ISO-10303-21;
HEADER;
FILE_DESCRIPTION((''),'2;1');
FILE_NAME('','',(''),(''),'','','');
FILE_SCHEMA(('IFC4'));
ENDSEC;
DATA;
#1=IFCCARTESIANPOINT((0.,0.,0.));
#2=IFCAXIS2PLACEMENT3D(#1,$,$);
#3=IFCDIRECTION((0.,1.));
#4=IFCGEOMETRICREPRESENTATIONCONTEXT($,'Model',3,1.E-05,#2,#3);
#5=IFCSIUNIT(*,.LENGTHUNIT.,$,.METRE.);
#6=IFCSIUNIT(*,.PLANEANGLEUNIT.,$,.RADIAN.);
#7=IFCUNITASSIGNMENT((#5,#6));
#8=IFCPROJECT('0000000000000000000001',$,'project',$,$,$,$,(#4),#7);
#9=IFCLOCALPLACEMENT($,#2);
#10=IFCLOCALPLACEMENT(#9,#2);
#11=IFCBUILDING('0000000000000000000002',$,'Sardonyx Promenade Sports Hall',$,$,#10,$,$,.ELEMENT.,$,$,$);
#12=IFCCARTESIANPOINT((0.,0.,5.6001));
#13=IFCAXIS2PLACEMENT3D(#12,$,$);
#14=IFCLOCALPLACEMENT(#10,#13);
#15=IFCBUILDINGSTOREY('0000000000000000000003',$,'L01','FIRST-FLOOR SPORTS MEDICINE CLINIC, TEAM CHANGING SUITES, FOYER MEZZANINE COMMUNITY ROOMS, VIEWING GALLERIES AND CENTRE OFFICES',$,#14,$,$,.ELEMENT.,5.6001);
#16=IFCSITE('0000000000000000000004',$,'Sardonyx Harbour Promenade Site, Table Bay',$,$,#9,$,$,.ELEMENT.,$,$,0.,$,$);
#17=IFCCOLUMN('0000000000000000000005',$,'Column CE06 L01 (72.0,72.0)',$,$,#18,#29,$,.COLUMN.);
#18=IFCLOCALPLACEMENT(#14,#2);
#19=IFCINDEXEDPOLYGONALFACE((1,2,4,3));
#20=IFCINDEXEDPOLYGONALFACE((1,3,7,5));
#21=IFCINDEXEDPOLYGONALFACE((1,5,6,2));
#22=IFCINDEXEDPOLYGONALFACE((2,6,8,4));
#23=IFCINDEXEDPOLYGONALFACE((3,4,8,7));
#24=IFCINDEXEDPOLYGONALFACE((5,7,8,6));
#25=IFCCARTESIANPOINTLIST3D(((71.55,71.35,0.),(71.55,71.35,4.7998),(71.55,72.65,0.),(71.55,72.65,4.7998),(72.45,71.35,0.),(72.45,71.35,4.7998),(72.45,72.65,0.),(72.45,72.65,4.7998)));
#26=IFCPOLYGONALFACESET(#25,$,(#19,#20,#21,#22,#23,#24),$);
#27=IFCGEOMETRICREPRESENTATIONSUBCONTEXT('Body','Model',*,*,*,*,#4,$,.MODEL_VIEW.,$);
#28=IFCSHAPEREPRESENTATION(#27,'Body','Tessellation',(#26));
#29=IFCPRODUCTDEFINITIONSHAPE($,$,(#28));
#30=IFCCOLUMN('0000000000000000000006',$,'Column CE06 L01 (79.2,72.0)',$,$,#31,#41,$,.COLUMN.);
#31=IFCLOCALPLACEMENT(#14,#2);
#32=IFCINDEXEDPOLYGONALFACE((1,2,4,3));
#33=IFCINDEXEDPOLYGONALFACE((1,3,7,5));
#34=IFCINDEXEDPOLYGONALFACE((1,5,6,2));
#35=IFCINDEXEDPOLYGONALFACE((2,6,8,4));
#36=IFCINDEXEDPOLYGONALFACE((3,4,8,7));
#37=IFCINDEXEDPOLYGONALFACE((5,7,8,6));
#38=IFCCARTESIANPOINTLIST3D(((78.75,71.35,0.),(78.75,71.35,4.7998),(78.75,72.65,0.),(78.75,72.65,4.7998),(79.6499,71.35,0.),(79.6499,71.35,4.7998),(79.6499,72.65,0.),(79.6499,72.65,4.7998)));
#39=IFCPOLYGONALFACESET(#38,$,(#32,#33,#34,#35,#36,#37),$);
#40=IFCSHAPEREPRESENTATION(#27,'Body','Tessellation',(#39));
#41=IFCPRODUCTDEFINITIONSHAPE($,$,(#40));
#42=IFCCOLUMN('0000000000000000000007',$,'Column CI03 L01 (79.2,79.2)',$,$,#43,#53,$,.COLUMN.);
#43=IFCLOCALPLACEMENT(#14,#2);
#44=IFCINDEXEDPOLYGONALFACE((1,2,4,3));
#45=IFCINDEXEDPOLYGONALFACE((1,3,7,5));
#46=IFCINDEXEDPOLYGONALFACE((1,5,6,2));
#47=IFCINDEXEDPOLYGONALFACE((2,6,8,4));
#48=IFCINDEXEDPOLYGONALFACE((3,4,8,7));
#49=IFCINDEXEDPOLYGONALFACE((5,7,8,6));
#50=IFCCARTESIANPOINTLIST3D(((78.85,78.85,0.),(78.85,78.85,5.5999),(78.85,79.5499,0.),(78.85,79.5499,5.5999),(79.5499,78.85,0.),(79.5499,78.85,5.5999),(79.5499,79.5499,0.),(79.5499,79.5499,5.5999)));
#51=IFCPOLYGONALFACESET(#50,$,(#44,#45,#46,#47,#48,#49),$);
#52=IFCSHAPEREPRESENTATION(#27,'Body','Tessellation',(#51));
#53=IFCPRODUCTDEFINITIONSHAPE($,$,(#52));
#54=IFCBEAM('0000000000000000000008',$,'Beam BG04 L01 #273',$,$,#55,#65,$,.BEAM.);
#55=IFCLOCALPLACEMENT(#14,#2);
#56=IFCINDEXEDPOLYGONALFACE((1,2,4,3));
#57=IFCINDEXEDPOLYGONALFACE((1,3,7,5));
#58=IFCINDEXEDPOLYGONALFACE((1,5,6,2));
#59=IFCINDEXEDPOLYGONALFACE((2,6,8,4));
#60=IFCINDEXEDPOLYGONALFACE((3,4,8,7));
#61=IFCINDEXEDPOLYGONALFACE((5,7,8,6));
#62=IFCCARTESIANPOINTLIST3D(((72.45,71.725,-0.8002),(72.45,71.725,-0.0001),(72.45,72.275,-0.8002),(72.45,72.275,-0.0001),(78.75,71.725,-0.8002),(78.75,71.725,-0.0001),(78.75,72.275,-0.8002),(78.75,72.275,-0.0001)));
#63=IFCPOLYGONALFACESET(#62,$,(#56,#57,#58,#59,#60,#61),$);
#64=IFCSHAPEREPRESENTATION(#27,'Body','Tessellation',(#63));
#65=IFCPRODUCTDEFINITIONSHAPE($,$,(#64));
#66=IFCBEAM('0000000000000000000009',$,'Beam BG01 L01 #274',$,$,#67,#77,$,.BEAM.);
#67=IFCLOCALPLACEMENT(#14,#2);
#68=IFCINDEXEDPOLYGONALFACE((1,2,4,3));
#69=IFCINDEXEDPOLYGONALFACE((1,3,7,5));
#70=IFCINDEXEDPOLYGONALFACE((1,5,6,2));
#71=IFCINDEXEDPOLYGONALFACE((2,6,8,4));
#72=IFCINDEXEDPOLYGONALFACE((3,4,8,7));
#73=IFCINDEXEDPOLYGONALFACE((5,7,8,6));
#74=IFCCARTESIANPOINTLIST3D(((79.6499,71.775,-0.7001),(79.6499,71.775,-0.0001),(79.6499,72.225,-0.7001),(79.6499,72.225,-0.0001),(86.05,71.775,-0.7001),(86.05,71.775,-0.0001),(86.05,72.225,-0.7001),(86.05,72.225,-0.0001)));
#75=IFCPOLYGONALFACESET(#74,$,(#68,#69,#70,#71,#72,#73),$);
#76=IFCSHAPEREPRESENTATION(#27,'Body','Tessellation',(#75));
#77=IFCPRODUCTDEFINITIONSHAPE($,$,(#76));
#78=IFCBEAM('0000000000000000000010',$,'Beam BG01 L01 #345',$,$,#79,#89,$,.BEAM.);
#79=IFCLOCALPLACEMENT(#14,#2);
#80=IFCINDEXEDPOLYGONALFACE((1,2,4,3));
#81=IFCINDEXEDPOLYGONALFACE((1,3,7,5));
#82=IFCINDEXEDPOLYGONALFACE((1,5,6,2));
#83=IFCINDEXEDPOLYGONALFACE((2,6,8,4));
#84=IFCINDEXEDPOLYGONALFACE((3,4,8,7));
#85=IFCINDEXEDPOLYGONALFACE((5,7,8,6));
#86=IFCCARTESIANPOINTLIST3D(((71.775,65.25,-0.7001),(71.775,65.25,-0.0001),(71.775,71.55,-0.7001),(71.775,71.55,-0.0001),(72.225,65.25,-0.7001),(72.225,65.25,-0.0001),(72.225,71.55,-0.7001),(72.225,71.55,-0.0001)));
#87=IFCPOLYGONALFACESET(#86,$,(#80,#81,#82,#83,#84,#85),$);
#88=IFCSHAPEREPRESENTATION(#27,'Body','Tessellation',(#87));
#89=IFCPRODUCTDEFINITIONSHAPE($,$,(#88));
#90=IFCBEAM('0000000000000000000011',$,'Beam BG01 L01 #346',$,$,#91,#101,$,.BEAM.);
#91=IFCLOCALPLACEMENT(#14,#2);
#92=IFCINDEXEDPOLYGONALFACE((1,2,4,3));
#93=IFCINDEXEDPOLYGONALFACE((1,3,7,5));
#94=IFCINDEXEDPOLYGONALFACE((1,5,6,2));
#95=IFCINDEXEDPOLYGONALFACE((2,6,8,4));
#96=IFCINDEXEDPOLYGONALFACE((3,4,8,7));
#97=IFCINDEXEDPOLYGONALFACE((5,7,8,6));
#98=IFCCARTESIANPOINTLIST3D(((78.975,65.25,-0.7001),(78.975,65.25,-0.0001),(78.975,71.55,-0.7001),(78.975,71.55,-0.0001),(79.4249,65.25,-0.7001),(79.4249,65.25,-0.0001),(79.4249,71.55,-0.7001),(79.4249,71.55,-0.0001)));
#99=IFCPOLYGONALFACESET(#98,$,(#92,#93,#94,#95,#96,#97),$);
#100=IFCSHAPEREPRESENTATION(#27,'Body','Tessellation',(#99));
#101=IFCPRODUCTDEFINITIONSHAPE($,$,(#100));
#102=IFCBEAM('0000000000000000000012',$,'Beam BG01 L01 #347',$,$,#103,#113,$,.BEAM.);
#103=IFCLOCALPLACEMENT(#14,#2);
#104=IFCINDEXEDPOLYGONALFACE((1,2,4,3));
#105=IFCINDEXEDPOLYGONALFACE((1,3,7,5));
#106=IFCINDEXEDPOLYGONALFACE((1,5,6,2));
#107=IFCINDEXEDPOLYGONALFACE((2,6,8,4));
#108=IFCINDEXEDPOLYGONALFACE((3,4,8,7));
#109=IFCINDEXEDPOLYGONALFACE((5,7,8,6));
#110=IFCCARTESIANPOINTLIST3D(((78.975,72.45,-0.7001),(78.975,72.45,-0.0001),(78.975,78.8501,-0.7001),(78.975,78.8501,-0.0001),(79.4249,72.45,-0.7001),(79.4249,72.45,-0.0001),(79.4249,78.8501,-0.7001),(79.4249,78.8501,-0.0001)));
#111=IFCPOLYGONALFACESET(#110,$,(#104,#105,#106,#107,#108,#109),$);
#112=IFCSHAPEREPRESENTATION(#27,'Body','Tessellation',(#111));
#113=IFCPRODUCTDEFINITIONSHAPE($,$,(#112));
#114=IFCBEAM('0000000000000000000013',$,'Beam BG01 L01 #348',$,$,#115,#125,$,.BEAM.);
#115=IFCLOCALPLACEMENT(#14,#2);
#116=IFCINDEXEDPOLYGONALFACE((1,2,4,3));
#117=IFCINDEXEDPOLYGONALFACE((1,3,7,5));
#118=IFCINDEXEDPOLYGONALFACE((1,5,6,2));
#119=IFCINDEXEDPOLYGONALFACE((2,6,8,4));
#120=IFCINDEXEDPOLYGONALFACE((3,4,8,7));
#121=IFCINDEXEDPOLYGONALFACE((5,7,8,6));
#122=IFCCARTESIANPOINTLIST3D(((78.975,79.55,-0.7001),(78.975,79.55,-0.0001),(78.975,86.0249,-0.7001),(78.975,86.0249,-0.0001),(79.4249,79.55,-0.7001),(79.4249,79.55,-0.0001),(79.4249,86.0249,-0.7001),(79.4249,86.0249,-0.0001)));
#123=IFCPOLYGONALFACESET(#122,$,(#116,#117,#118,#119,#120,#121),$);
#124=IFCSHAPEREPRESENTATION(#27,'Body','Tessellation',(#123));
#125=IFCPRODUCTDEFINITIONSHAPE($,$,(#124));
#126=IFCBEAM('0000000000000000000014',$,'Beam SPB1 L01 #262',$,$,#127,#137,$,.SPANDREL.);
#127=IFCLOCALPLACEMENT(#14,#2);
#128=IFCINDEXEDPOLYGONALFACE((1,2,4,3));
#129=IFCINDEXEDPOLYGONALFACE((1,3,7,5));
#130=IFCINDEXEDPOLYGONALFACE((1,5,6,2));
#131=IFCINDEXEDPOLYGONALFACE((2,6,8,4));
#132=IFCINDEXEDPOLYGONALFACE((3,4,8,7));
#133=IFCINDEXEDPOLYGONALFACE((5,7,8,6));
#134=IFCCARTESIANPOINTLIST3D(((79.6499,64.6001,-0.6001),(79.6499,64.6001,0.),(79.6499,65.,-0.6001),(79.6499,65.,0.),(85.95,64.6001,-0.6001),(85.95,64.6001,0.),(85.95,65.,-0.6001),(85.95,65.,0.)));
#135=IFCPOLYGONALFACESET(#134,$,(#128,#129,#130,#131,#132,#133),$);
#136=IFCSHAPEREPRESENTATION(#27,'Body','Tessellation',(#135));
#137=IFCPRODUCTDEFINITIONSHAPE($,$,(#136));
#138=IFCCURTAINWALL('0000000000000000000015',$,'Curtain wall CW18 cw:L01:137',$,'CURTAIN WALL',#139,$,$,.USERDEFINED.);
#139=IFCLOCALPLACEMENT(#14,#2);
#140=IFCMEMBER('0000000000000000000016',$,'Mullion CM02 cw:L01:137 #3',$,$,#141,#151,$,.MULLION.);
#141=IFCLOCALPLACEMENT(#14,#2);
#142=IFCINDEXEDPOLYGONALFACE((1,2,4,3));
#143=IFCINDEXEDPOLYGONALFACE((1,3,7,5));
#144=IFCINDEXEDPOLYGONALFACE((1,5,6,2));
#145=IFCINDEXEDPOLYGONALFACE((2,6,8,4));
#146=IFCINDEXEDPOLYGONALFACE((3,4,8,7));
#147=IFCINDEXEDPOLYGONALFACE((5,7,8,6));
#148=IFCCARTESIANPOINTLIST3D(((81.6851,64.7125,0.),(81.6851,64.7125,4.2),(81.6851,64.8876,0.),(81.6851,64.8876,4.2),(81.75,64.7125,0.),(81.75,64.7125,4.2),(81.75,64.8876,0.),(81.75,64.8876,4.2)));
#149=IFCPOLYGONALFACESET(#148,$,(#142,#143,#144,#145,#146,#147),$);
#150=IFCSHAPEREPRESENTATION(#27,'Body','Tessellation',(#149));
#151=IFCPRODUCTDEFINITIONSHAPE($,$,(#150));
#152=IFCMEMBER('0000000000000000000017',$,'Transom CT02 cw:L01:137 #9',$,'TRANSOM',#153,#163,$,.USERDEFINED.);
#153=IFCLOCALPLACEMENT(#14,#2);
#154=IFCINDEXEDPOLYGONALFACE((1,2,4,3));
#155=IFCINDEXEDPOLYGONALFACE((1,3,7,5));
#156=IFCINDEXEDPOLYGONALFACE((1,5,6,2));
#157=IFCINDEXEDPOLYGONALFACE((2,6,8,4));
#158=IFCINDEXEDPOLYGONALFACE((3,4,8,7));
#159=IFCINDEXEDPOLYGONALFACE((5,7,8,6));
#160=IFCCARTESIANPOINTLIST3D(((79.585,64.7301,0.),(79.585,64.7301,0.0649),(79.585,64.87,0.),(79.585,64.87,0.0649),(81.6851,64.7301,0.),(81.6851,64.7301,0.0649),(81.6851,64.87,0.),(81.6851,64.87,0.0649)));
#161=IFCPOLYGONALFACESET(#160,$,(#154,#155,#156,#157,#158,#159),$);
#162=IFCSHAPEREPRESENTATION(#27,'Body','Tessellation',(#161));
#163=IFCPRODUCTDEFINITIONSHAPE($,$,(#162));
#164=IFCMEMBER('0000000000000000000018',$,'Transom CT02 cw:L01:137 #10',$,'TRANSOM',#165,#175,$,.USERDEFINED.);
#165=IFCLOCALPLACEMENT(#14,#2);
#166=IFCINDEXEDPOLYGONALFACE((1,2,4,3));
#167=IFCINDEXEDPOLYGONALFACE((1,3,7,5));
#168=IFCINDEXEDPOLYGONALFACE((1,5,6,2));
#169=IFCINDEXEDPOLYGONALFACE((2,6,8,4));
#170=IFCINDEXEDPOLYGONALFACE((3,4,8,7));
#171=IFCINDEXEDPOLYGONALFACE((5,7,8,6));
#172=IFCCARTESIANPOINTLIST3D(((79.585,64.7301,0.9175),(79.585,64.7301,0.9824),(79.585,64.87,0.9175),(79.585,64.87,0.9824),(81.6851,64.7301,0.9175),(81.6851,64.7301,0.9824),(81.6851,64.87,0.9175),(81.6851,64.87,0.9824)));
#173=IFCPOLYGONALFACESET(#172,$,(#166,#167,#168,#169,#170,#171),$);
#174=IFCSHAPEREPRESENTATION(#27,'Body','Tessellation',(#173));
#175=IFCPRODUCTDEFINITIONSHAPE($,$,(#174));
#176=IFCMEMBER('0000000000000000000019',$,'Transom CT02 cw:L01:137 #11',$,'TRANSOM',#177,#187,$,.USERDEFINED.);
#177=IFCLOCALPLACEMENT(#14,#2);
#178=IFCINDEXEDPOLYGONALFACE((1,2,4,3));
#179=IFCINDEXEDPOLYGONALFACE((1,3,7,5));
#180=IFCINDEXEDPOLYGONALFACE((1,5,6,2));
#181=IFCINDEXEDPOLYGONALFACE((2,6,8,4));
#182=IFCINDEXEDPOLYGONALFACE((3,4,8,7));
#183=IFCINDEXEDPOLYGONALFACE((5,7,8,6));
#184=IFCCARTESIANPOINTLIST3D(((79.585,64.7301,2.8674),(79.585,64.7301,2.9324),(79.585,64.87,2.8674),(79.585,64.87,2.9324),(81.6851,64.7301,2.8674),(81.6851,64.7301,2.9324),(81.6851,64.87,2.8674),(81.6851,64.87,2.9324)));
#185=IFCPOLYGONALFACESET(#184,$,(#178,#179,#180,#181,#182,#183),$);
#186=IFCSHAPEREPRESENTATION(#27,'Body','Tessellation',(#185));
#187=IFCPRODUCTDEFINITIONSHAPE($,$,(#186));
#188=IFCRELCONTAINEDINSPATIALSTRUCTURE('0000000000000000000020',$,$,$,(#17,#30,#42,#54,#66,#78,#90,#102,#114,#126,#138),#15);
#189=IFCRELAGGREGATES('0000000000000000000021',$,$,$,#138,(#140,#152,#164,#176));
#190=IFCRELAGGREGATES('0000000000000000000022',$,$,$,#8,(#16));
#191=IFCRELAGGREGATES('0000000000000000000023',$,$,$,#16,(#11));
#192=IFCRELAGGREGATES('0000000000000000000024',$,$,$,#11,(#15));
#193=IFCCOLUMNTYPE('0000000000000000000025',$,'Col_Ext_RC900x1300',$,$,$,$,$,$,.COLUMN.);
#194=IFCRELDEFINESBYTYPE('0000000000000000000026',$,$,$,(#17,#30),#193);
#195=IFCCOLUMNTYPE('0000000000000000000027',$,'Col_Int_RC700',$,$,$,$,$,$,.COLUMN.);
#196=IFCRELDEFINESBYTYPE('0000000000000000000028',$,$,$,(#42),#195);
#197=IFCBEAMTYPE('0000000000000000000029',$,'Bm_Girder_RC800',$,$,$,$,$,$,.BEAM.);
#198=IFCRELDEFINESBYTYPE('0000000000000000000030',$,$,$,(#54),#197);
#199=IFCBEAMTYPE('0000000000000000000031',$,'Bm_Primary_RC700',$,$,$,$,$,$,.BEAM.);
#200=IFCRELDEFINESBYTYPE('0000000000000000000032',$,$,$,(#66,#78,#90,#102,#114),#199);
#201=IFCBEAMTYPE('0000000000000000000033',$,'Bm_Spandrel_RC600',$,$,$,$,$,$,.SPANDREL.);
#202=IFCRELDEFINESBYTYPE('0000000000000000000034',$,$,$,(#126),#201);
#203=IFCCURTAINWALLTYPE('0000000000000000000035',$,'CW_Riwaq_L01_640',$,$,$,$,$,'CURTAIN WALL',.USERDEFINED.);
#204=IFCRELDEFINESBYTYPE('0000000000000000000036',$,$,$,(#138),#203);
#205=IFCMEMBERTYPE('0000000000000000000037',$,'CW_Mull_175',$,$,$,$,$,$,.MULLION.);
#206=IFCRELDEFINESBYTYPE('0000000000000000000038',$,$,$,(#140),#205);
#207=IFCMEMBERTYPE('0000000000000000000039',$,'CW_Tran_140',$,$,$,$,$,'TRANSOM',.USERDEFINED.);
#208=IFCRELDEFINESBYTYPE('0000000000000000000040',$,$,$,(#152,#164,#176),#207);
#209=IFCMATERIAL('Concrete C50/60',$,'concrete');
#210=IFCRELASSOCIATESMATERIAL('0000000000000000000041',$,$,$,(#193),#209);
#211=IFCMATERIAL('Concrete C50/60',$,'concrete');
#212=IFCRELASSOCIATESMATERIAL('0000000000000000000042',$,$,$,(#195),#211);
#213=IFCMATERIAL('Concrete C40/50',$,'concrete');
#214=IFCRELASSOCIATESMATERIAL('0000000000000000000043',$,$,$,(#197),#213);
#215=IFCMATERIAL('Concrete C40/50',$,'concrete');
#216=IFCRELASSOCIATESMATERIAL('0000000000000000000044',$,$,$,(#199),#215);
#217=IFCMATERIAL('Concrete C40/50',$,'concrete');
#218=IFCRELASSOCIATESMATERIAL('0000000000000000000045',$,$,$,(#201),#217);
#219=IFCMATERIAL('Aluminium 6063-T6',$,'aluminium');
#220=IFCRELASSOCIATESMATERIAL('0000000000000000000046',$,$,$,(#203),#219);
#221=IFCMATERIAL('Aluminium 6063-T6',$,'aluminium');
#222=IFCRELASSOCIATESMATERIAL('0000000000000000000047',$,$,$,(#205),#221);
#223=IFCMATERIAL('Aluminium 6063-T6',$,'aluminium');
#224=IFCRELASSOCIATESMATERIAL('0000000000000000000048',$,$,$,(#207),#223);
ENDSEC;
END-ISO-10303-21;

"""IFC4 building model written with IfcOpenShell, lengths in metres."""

from ifc_helpers import new_model, si_unit, direction, frame, origin, origin_2d, place, context, subcontext, project, spatial, rectangle, extrude, material, material_profile, profile_set, type_object, element, aggregate, save


model = new_model("IFC4")

# Units and contexts
model_context = context("Model", 3, precision=1e-05, world=origin(), true_north=direction((0.0, 1.0)))
body_context = subcontext(model_context, "Body", "Model", "MODEL_VIEW")
ifc_project = project(units=[si_unit("LENGTHUNIT", "METRE"), si_unit("PLANEANGLEUNIT", "RADIAN")], contexts=[model_context])

# Site, building, storey
site_placement = place(None, origin())
site = spatial("IfcSite", under=ifc_project, at=site_placement, Name="Sardonyx Harbour Promenade Site, Table Bay", CompositionType="ELEMENT", RefElevation=0.0)
building_placement = place(site_placement, origin())
building = spatial("IfcBuilding", under=site, at=building_placement, Name="Sardonyx Promenade Sports Hall", CompositionType="ELEMENT")
storey_placement = place(building_placement, frame((0.0, 0.0, 5.6001)))
storey = spatial("IfcBuildingStorey", under=building, at=storey_placement, Name="L01", Description="FIRST-FLOOR SPORTS MEDICINE CLINIC, TEAM CHANGING SUITES, FOYER MEZZANINE COMMUNITY ROOMS, VIEWING GALLERIES AND CENTRE OFFICES", CompositionType="ELEMENT", Elevation=5.6001)

# Columns
ifc_material_1 = material(Name="Concrete C50/60", Category="concrete")
ifc_material_profile_1 = material_profile(ifc_material_1, rectangle(XDim=0.8999, YDim=1.3, at=origin_2d()))
ifc_profile_set_1 = profile_set([ifc_material_profile_1], Name="Concrete C50/60")
column_type_1 = type_object("IfcColumnType", Name="Col_Ext_RC900x1300", PredefinedType="COLUMN", material=ifc_profile_set_1)
for number, where, z_axis, x_axis, name in (
    (1, (72.0, 72.0, 0.0), (0.0, 0.0, 1.0), (1.0, 0.0, 0.0), "Column CE06 L01 (72.0,72.0)"),
    (2, (79.2, 72.0, 0.0), (0.0, 0.0, 1.0), (1.0, 0.0, 0.0), "Column CE06 L01 (79.2,72.0)"),
):
    element("IfcColumn", number, at=place(storey_placement, frame(where, z_axis=z_axis, x_axis=x_axis)), inside=storey, type_object=column_type_1, Name=name, PredefinedType="COLUMN", context=body_context, shape_type="SweptSolid", body=[
        extrude(rectangle(XDim=0.8999, YDim=1.3, at=origin_2d()), origin(), (0.0, 0.0, 1.0), 4.7998),
    ])
ifc_material_2 = material(Name="Concrete C50/60", Category="concrete")
ifc_material_profile_2 = material_profile(ifc_material_2, rectangle(XDim=0.7, YDim=0.7, at=origin_2d()))
ifc_profile_set_2 = profile_set([ifc_material_profile_2], Name="Concrete C50/60")
column_type_2 = type_object("IfcColumnType", Name="Col_Int_RC700", PredefinedType="COLUMN", material=ifc_profile_set_2)
column_placement = place(storey_placement, frame((79.2, 79.2, 0.0), z_axis=(0.0, 0.0, 1.0), x_axis=(1.0, 0.0, 0.0)))
element("IfcColumn", 3, at=column_placement, inside=storey, type_object=column_type_2, Name="Column CI03 L01 (79.2,79.2)", PredefinedType="COLUMN", context=body_context, shape_type="SweptSolid", body=[
    extrude(rectangle(XDim=0.7, YDim=0.7, at=origin_2d()), origin(), (0.0, 0.0, 1.0), 5.5999),
])

# Beams
ifc_material_3 = material(Name="Concrete C40/50", Category="concrete")
ifc_material_profile_3 = material_profile(ifc_material_3, rectangle(XDim=0.55, YDim=0.8, at=origin_2d()))
ifc_profile_set_3 = profile_set([ifc_material_profile_3], Name="Concrete C40/50")
beam_type_1 = type_object("IfcBeamType", Name="Bm_Girder_RC800", PredefinedType="BEAM", material=ifc_profile_set_3)
beam_1_placement = place(storey_placement, frame((72.45, 72.0, -0.4001), z_axis=(1.0, 0.0, 0.0), x_axis=(0.0, 1.0, 0.0)))
element("IfcBeam", 4, at=beam_1_placement, inside=storey, type_object=beam_type_1, Name="Beam BG04 L01 #273", PredefinedType="BEAM", context=body_context, shape_type="SweptSolid", body=[
    extrude(rectangle(XDim=0.55, YDim=0.8, at=origin_2d()), origin(), (0.0, 0.0, 1.0), 6.3),
])
ifc_material_4 = material(Name="Concrete C40/50", Category="concrete")
ifc_material_profile_4 = material_profile(ifc_material_4, rectangle(XDim=0.45, YDim=0.7, at=origin_2d()))
ifc_profile_set_4 = profile_set([ifc_material_profile_4], Name="Concrete C40/50")
beam_type_2 = type_object("IfcBeamType", Name="Bm_Primary_RC700", PredefinedType="BEAM", material=ifc_profile_set_4)
beam_2_placement = place(storey_placement, frame((79.6499, 72.0, -0.3501), z_axis=(1.0, 0.0, 0.0), x_axis=(0.0, 1.0, 0.0)))
element("IfcBeam", 5, at=beam_2_placement, inside=storey, type_object=beam_type_2, Name="Beam BG01 L01 #274", PredefinedType="BEAM", context=body_context, shape_type="SweptSolid", body=[
    extrude(rectangle(XDim=0.45, YDim=0.7, at=origin_2d()), origin(), (0.0, 0.0, 1.0), 6.4001),
])
for number, where, z_axis, x_axis, name in (
    (6, (72.0, 65.25, -0.3501), (0.0, 1.0, 0.0), (-1.0, 0.0, 0.0), "Beam BG01 L01 #345"),
    (7, (79.2, 65.25, -0.3501), (0.0, 1.0, 0.0), (-1.0, 0.0, 0.0), "Beam BG01 L01 #346"),
):
    element("IfcBeam", number, at=place(storey_placement, frame(where, z_axis=z_axis, x_axis=x_axis)), inside=storey, type_object=beam_type_2, Name=name, PredefinedType="BEAM", context=body_context, shape_type="SweptSolid", body=[
        extrude(rectangle(XDim=0.45, YDim=0.7, at=origin_2d()), origin(), (0.0, 0.0, 1.0), 6.3),
    ])
beam_3_placement = place(storey_placement, frame((79.2, 72.45, -0.3501), z_axis=(0.0, 1.0, 0.0), x_axis=(-1.0, 0.0, 0.0)))
element("IfcBeam", 8, at=beam_3_placement, inside=storey, type_object=beam_type_2, Name="Beam BG01 L01 #347", PredefinedType="BEAM", context=body_context, shape_type="SweptSolid", body=[
    extrude(rectangle(XDim=0.45, YDim=0.7, at=origin_2d()), origin(), (0.0, 0.0, 1.0), 6.4001),
])
beam_4_placement = place(storey_placement, frame((79.2, 79.55, -0.3501), z_axis=(0.0, 1.0, 0.0), x_axis=(-1.0, 0.0, 0.0)))
element("IfcBeam", 9, at=beam_4_placement, inside=storey, type_object=beam_type_2, Name="Beam BG01 L01 #348", PredefinedType="BEAM", context=body_context, shape_type="SweptSolid", body=[
    extrude(rectangle(XDim=0.45, YDim=0.7, at=origin_2d()), origin(), (0.0, 0.0, 1.0), 6.4749),
])
ifc_material_5 = material(Name="Concrete C40/50", Category="concrete")
ifc_material_profile_5 = material_profile(ifc_material_5, rectangle(XDim=0.3999, YDim=0.6001, at=origin_2d()))
ifc_profile_set_5 = profile_set([ifc_material_profile_5], Name="Concrete C40/50")
beam_type_3 = type_object("IfcBeamType", Name="Bm_Spandrel_RC600", PredefinedType="SPANDREL", material=ifc_profile_set_5)
beam_5_placement = place(storey_placement, frame((79.6499, 64.8, -0.3), z_axis=(1.0, 0.0, 0.0), x_axis=(0.0, 1.0, 0.0)))
element("IfcBeam", 10, at=beam_5_placement, inside=storey, type_object=beam_type_3, Name="Beam SPB1 L01 #262", PredefinedType="SPANDREL", context=body_context, shape_type="SweptSolid", body=[
    extrude(rectangle(XDim=0.3999, YDim=0.6001, at=origin_2d()), origin(), (0.0, 0.0, 1.0), 6.3),
])

# Curtain wall, members
ifc_material_6 = material(Name="Aluminium 6063-T6", Category="aluminium")
curtain_wall_type = type_object("IfcCurtainWallType", Name="CW_Riwaq_L01_640", ElementType="CURTAIN WALL", PredefinedType="USERDEFINED", material=ifc_material_6)
curtain_wall_placement = place(storey_placement, origin())
curtain_wall = element("IfcCurtainWall", 11, at=curtain_wall_placement, inside=storey, type_object=curtain_wall_type, Name="Curtain wall CW18 cw:L01:137", ObjectType="CURTAIN WALL", PredefinedType="USERDEFINED")
ifc_material_7 = material(Name="Aluminium 6063-T6", Category="aluminium")
ifc_material_profile_6 = material_profile(ifc_material_7, rectangle(XDim=0.0649, YDim=0.175, at=origin_2d()))
ifc_profile_set_6 = profile_set([ifc_material_profile_6], Name="Aluminium 6063-T6")
member_type_1 = type_object("IfcMemberType", Name="CW_Mull_175", PredefinedType="MULLION", material=ifc_profile_set_6)
member_1_placement = place(storey_placement, frame((81.7175, 64.8, 0.0), z_axis=(0.0, 0.0, 1.0), x_axis=(-1.0, 0.0, 0.0)))
member_1 = element("IfcMember", 12, at=member_1_placement, type_object=member_type_1, Name="Mullion CM02 cw:L01:137 #3", PredefinedType="MULLION", context=body_context, shape_type="SweptSolid", body=[
    extrude(rectangle(XDim=0.0649, YDim=0.175, at=origin_2d()), origin(), (0.0, 0.0, 1.0), 4.2),
])
ifc_material_8 = material(Name="Aluminium 6063-T6", Category="aluminium")
ifc_material_profile_7 = material_profile(ifc_material_8, rectangle(XDim=0.0649, YDim=0.1399, at=origin_2d()))
ifc_profile_set_7 = profile_set([ifc_material_profile_7], Name="Aluminium 6063-T6")
member_type_2 = type_object("IfcMemberType", Name="CW_Tran_140", ElementType="TRANSOM", PredefinedType="USERDEFINED", material=ifc_profile_set_7)
member_2_placement = place(storey_placement, frame((81.6851, 64.8, 0.0325), z_axis=(-1.0, 0.0, 0.0), x_axis=(0.0, 0.0, 1.0)))
member_2 = element("IfcMember", 13, at=member_2_placement, type_object=member_type_2, Name="Transom CT02 cw:L01:137 #9", ObjectType="TRANSOM", PredefinedType="USERDEFINED", context=body_context, shape_type="SweptSolid", body=[
    extrude(rectangle(XDim=0.0649, YDim=0.1399, at=origin_2d()), origin(), (0.0, 0.0, 1.0), 2.1001),
])
member_3_placement = place(storey_placement, frame((81.6851, 64.8, 0.95), z_axis=(-1.0, 0.0, 0.0), x_axis=(0.0, 0.0, 1.0)))
member_3 = element("IfcMember", 14, at=member_3_placement, type_object=member_type_2, Name="Transom CT02 cw:L01:137 #10", ObjectType="TRANSOM", PredefinedType="USERDEFINED", context=body_context, shape_type="SweptSolid", body=[
    extrude(rectangle(XDim=0.0649, YDim=0.1399, at=origin_2d()), origin(), (0.0, 0.0, 1.0), 2.1001),
])
member_4_placement = place(storey_placement, frame((81.6851, 64.8, 2.8999), z_axis=(-1.0, 0.0, 0.0), x_axis=(0.0, 0.0, 1.0)))
member_4 = element("IfcMember", 15, at=member_4_placement, type_object=member_type_2, Name="Transom CT02 cw:L01:137 #11", ObjectType="TRANSOM", PredefinedType="USERDEFINED", context=body_context, shape_type="SweptSolid", body=[
    extrude(rectangle(XDim=0.0649, YDim=0.1399, at=origin_2d()), origin(), (0.0, 0.0, 1.0), 2.1001),
])
aggregate(curtain_wall, [member_1, member_2, member_3, member_4])

save(model, "model.ifc")
